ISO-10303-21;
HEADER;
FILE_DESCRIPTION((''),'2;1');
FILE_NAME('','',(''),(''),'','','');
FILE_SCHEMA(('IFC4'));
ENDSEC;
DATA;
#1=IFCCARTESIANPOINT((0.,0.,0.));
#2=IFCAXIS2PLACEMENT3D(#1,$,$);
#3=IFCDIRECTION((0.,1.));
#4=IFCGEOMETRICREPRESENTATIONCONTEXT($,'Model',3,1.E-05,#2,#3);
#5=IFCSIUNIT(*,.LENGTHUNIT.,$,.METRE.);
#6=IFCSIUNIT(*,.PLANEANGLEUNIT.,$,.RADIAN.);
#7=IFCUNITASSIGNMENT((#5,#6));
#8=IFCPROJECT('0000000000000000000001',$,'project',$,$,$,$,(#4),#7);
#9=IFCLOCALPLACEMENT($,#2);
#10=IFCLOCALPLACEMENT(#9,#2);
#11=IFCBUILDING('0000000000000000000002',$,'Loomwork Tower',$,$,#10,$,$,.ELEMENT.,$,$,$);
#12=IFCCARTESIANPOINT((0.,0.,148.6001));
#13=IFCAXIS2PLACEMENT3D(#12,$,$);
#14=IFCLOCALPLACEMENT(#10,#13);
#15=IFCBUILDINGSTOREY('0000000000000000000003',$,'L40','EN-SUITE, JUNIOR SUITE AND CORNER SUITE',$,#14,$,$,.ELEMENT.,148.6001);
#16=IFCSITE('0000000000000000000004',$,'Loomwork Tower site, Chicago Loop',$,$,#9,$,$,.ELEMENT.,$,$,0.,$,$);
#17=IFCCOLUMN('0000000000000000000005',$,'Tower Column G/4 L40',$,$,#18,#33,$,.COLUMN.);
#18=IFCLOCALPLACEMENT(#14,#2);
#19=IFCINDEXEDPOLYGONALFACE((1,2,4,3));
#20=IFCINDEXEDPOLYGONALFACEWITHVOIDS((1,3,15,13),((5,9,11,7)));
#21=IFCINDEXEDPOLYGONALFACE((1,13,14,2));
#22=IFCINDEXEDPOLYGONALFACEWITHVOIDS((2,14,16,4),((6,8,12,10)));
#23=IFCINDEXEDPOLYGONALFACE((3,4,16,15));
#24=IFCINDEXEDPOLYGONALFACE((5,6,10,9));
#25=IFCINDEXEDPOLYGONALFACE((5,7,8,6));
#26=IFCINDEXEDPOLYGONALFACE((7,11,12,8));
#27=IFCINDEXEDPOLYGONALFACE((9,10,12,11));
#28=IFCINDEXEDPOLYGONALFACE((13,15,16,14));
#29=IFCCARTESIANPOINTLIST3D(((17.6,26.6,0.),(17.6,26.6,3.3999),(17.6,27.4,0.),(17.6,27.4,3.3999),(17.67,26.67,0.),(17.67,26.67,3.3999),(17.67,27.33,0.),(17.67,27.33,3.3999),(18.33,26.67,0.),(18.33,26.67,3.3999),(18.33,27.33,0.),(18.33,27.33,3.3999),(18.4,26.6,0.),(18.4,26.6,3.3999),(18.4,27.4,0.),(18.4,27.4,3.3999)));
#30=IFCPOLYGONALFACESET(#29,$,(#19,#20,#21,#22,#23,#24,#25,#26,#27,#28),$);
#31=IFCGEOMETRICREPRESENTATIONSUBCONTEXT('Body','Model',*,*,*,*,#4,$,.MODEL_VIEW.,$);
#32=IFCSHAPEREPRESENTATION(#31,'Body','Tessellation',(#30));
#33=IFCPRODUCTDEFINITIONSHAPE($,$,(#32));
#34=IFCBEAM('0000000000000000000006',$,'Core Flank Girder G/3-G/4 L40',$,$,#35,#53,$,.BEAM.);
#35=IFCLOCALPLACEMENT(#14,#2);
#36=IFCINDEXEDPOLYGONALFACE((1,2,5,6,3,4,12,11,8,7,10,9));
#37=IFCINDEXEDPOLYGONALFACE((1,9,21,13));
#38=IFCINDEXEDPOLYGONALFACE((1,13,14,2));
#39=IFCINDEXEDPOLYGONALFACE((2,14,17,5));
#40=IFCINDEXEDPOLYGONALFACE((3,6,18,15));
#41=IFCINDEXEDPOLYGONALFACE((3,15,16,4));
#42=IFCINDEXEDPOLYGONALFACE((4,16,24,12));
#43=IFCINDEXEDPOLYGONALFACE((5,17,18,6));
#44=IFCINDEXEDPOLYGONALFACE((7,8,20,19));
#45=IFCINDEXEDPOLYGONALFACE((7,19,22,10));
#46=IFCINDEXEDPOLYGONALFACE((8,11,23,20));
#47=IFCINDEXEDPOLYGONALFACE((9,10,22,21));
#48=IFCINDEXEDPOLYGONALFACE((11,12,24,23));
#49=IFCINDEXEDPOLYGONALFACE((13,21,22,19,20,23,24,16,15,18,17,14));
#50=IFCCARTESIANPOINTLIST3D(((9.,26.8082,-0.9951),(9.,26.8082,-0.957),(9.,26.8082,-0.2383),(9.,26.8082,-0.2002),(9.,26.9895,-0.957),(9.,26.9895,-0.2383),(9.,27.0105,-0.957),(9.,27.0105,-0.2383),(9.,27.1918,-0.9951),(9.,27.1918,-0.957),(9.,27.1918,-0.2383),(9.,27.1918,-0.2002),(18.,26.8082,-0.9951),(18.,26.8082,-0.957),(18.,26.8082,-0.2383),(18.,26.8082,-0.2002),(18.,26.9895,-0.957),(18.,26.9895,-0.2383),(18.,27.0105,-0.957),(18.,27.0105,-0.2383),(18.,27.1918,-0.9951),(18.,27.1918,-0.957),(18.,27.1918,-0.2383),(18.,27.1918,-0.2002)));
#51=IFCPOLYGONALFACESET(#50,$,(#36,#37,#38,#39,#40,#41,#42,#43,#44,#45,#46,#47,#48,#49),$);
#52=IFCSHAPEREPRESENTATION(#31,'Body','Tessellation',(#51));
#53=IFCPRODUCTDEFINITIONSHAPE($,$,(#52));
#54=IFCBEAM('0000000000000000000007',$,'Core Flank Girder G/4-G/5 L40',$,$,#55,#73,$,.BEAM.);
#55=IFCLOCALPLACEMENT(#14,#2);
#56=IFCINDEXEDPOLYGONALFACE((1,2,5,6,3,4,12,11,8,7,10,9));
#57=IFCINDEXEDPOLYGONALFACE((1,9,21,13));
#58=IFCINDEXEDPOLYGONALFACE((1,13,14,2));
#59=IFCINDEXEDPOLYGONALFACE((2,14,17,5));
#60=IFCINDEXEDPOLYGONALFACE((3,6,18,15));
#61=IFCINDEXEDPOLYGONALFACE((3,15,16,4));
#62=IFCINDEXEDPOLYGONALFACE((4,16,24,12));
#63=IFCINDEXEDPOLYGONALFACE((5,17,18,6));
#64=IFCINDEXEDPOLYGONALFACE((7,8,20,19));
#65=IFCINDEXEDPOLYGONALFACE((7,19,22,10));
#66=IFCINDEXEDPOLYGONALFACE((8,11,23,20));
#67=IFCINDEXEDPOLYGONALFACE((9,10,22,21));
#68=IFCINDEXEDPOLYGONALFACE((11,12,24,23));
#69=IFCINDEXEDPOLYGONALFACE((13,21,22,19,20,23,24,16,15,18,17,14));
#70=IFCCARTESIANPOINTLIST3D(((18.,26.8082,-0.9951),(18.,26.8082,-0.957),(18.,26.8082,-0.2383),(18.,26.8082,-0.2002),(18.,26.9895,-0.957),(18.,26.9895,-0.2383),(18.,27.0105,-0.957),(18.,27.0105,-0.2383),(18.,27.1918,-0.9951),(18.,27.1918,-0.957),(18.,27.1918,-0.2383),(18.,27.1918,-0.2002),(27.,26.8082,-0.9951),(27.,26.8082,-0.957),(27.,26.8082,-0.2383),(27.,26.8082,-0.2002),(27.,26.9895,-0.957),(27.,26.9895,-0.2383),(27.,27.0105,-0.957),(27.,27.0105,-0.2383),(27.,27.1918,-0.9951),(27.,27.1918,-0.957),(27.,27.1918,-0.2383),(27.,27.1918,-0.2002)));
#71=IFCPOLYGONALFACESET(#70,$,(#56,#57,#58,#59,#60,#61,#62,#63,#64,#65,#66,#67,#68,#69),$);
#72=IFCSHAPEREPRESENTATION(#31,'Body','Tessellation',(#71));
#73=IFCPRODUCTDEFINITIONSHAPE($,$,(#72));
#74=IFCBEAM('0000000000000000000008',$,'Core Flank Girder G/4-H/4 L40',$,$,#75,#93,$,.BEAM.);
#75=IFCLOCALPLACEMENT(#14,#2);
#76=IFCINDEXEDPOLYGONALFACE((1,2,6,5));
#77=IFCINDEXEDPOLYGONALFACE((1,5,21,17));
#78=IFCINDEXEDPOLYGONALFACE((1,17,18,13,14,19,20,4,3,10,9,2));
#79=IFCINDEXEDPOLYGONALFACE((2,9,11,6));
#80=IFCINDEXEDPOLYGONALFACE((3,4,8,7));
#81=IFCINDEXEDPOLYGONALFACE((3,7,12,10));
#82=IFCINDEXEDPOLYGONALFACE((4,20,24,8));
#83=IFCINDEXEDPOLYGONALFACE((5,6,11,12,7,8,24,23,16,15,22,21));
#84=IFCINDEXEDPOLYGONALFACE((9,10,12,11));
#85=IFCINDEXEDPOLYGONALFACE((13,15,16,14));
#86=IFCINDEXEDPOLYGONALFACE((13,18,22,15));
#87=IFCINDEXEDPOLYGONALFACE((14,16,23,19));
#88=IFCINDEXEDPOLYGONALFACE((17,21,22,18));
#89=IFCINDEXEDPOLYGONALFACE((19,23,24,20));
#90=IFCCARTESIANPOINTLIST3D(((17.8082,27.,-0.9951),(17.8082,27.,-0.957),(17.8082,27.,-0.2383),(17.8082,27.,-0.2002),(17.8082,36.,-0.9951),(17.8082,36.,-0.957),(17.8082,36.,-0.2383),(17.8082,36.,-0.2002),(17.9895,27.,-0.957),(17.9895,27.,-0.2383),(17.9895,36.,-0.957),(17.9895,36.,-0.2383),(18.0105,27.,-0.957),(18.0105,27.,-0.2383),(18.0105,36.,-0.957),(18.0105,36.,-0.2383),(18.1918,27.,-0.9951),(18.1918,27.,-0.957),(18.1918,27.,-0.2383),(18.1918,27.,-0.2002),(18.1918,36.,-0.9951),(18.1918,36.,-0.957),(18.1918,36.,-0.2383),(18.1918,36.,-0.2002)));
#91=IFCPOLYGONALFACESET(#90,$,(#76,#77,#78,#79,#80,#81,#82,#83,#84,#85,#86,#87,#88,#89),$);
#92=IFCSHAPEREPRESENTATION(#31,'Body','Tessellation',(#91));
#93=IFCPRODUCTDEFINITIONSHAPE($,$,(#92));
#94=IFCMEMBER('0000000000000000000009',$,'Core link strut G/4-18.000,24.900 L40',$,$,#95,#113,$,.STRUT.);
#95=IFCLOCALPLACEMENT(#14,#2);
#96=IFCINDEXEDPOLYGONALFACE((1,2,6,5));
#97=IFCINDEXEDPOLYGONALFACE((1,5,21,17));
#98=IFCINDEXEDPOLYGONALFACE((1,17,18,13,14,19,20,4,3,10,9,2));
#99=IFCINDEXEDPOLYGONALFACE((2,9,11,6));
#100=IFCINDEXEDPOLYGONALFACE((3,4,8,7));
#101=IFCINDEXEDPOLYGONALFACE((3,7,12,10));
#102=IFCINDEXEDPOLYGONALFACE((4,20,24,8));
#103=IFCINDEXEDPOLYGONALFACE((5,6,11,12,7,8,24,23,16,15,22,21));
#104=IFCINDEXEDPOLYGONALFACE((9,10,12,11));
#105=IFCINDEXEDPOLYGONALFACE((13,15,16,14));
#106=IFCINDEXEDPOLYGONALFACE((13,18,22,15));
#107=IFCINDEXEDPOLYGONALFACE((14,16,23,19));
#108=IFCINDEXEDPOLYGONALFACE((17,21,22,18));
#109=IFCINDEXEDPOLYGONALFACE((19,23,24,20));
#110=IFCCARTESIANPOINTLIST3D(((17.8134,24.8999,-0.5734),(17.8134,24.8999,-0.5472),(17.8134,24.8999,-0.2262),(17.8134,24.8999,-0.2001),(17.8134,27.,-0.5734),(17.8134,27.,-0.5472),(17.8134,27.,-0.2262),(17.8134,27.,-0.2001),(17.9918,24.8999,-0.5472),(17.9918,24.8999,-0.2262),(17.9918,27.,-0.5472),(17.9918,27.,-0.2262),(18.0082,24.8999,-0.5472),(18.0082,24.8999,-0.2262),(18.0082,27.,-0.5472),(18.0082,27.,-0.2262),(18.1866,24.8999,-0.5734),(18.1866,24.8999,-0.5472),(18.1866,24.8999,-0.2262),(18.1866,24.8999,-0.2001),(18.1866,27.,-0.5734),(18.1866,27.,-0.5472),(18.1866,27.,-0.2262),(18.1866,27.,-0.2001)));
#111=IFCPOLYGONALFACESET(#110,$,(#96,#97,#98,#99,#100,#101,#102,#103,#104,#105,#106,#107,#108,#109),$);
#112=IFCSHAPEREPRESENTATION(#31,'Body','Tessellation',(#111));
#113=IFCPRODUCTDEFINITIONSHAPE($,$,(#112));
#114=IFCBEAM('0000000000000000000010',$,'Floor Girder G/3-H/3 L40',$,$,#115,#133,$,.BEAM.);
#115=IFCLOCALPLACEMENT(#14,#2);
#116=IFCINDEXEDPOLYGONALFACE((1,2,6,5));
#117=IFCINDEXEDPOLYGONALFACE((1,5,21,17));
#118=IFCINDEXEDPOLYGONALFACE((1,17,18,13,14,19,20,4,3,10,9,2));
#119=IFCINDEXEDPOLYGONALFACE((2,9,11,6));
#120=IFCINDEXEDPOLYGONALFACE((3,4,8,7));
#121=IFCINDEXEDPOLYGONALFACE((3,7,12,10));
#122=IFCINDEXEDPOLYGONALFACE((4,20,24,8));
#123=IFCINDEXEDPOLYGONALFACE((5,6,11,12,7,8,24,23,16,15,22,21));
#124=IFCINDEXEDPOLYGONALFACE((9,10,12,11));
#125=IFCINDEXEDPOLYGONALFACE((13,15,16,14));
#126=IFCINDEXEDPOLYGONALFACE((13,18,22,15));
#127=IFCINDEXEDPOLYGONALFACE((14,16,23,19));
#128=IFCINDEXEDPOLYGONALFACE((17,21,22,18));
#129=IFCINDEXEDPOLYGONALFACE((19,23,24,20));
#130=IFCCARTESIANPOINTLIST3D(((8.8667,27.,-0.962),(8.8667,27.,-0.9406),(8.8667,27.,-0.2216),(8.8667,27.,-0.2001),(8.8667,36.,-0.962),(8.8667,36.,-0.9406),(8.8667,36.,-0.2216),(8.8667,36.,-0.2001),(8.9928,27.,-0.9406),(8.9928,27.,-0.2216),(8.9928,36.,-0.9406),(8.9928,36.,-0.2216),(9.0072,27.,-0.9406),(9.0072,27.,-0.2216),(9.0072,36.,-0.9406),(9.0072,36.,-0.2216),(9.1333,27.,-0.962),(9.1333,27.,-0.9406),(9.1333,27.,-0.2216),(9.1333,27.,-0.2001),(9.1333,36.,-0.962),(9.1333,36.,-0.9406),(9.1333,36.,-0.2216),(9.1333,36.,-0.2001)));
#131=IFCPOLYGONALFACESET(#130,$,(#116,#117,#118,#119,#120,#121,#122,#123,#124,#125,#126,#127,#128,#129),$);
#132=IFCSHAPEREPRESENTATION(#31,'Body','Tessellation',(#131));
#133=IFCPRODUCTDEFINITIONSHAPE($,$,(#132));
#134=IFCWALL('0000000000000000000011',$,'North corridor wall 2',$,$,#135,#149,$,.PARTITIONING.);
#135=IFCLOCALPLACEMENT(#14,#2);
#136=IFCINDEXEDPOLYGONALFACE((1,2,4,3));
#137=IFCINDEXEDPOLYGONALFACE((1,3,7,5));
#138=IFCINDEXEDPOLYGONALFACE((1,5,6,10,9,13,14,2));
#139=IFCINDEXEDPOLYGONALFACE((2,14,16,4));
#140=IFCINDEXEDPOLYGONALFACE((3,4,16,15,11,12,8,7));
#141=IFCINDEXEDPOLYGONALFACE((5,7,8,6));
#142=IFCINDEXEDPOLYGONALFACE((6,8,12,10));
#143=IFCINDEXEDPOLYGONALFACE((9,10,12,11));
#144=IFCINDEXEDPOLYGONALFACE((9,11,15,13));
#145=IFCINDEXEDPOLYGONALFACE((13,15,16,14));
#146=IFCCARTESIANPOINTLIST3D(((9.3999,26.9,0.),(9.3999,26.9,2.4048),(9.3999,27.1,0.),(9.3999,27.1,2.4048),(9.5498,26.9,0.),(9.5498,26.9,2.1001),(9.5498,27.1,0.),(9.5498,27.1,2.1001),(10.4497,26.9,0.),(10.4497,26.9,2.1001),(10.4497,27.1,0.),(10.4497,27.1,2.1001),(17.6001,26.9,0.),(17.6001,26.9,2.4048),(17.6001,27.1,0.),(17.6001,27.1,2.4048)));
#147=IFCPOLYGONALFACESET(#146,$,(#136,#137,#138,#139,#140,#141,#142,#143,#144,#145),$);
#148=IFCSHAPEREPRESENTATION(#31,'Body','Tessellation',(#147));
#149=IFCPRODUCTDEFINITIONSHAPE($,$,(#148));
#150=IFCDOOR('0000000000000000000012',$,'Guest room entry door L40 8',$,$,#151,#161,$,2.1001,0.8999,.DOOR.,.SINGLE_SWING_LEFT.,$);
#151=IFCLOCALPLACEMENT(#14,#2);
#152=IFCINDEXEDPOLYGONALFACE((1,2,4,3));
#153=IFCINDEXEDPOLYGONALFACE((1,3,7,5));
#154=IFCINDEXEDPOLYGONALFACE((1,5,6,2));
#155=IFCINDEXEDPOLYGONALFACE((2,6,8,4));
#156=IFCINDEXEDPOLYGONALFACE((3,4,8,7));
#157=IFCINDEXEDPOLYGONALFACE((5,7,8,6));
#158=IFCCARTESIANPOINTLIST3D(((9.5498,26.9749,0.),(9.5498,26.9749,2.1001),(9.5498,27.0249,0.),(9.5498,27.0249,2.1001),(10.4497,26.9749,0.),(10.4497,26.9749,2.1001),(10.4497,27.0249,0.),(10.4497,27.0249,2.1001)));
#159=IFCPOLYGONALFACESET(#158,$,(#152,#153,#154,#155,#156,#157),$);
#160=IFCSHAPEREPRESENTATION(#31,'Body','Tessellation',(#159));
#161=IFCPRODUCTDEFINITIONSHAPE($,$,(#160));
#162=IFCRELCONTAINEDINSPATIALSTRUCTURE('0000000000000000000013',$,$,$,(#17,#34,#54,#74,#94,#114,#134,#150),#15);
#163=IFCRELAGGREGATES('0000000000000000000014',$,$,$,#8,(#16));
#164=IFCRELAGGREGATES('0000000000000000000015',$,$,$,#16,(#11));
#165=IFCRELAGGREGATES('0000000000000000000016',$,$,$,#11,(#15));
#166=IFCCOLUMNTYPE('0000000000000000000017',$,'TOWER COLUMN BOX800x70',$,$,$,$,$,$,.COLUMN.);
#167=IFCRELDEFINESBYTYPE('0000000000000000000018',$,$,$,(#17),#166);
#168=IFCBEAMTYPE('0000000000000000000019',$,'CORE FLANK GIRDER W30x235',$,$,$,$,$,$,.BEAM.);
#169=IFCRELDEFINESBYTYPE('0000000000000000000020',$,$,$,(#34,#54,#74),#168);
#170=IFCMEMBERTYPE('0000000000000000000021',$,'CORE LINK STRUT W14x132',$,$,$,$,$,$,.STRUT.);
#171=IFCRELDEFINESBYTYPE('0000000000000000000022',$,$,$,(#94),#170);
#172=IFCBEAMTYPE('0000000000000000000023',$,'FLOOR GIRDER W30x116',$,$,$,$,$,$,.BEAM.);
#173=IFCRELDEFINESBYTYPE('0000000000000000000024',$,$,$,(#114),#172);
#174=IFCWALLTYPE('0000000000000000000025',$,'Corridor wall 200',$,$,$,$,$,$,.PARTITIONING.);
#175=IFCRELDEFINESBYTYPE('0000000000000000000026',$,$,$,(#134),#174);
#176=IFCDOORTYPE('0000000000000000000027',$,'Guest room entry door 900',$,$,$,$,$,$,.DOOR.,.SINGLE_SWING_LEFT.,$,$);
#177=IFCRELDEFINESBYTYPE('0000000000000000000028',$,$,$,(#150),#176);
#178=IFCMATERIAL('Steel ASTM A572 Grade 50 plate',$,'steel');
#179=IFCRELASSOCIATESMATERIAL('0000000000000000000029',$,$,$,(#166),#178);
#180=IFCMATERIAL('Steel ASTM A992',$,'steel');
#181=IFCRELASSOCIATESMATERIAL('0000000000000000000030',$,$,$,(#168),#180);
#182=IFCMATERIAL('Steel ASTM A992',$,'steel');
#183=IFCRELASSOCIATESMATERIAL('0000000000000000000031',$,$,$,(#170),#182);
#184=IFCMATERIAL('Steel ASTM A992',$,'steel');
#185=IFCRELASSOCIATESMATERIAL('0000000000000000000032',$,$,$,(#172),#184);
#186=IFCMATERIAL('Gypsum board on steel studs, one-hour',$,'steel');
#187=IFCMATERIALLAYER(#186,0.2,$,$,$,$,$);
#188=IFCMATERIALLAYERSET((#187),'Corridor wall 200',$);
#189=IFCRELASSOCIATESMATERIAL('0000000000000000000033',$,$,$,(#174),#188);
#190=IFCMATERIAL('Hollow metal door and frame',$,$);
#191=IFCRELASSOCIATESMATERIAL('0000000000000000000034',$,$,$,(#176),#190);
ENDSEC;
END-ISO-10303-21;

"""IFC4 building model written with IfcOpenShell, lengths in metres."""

from ifc_helpers import new_model, si_unit, direction, frame, frame_2d, origin, origin_2d, place, context, subcontext, project, spatial, rectangle, hollow_rectangle, i_section, extrude, material, layer, layer_set, material_profile, profile_set, type_object, element, fill, save


model = new_model("IFC4")

# Units and contexts
model_context = context("Model", 3, precision=1e-05, world=origin(), true_north=direction((0.0, 1.0)))
body_context = subcontext(model_context, "Body", "Model", "MODEL_VIEW")
ifc_project = project(units=[si_unit("LENGTHUNIT", "METRE"), si_unit("PLANEANGLEUNIT", "RADIAN")], contexts=[model_context])

# Site, building, storey
site_placement = place(None, origin())
site = spatial("IfcSite", under=ifc_project, at=site_placement, Name="Loomwork Tower site, Chicago Loop", CompositionType="ELEMENT", RefElevation=0.0)
building_placement = place(site_placement, origin())
building = spatial("IfcBuilding", under=site, at=building_placement, Name="Loomwork Tower", CompositionType="ELEMENT")
storey_placement = place(building_placement, frame((0.0, 0.0, 148.6001)))
storey = spatial("IfcBuildingStorey", under=building, at=storey_placement, Name="L40", Description="EN-SUITE, JUNIOR SUITE AND CORNER SUITE", CompositionType="ELEMENT", Elevation=148.6001)

# Column
ifc_material_1 = material(Name="Steel ASTM A572 Grade 50 plate", Category="steel")
ifc_material_profile_1 = material_profile(ifc_material_1, hollow_rectangle(XDim=0.8, YDim=0.8, WallThickness=0.0701, at=origin_2d()), Name="BOX800x70")
ifc_profile_set_1 = profile_set([ifc_material_profile_1], Name="Steel ASTM A572 Grade 50 plate")
column_type = type_object("IfcColumnType", Name="TOWER COLUMN BOX800x70", PredefinedType="COLUMN", material=ifc_profile_set_1)
column_placement = place(storey_placement, frame((18.0, 27.0, 0.0), z_axis=(0.0, 0.0, 1.0), x_axis=(1.0, 0.0, 0.0)))
element("IfcColumn", 1, at=column_placement, inside=storey, type_object=column_type, Name="Tower Column G/4 L40", PredefinedType="COLUMN", context=body_context, shape_type="SweptSolid", body=[
    extrude(hollow_rectangle(XDim=0.8, YDim=0.8, WallThickness=0.0701, at=origin_2d()), origin(), (0.0, 0.0, 1.0), 3.3999),
])

# Beams
ifc_material_2 = material(Name="Steel ASTM A992", Category="steel")
ifc_material_profile_2 = material_profile(ifc_material_2, i_section(OverallWidth=0.3835, OverallDepth=0.7949, WebThickness=0.021, FlangeThickness=0.0381, at=origin_2d()), Name="W30x235")
ifc_profile_set_2 = profile_set([ifc_material_profile_2], Name="Steel ASTM A992")
beam_type_1 = type_object("IfcBeamType", Name="CORE FLANK GIRDER W30x235", PredefinedType="BEAM", material=ifc_profile_set_2)
for number, where, z_axis, x_axis, name in (
    (2, (9.0, 27.0, -0.5977), (1.0, 0.0, 0.0), (0.0, 1.0, 0.0), "Core Flank Girder G/3-G/4 L40"),
    (3, (18.0, 27.0, -0.5977), (1.0, 0.0, 0.0), (0.0, 1.0, 0.0), "Core Flank Girder G/4-G/5 L40"),
    (4, (18.0, 27.0, -0.5977), (0.0, 1.0, 0.0), (-1.0, 0.0, 0.0), "Core Flank Girder G/4-H/4 L40"),
):
    element("IfcBeam", number, at=place(storey_placement, frame(where, z_axis=z_axis, x_axis=x_axis)), inside=storey, type_object=beam_type_1, Name=name, PredefinedType="BEAM", context=body_context, shape_type="SweptSolid", body=[
        extrude(i_section(OverallWidth=0.3835, OverallDepth=0.7949, WebThickness=0.021, FlangeThickness=0.0381, at=origin_2d()), origin(), (0.0, 0.0, 1.0), 9.0),
    ])

# Member
ifc_material_3 = material(Name="Steel ASTM A992", Category="steel")
ifc_material_profile_3 = material_profile(ifc_material_3, i_section(OverallWidth=0.3733, OverallDepth=0.3733, WebThickness=0.0164, FlangeThickness=0.0261, at=origin_2d()), Name="W14x132")
ifc_profile_set_3 = profile_set([ifc_material_profile_3], Name="Steel ASTM A992")
member_type = type_object("IfcMemberType", Name="CORE LINK STRUT W14x132", PredefinedType="STRUT", material=ifc_profile_set_3)
member_placement = place(storey_placement, frame((18.0, 27.0, -0.3867), z_axis=(0.0, -1.0, 0.0), x_axis=(1.0, 0.0, 0.0)))
element("IfcMember", 5, at=member_placement, inside=storey, type_object=member_type, Name="Core link strut G/4-18.000,24.900 L40", PredefinedType="STRUT", context=body_context, shape_type="SweptSolid", body=[
    extrude(i_section(OverallWidth=0.3733, OverallDepth=0.3733, WebThickness=0.0164, FlangeThickness=0.0261, at=origin_2d()), origin(), (0.0, 0.0, 1.0), 2.1001),
])

# Beam
ifc_material_4 = material(Name="Steel ASTM A992", Category="steel")
ifc_material_profile_4 = material_profile(ifc_material_4, i_section(OverallWidth=0.2666, OverallDepth=0.762, WebThickness=0.0144, FlangeThickness=0.0215, at=origin_2d()), Name="W30x116")
ifc_profile_set_4 = profile_set([ifc_material_profile_4], Name="Steel ASTM A992")
beam_type_2 = type_object("IfcBeamType", Name="FLOOR GIRDER W30x116", PredefinedType="BEAM", material=ifc_profile_set_4)
beam_placement = place(storey_placement, frame((9.0, 27.0, -0.5811), z_axis=(0.0, 1.0, 0.0), x_axis=(-1.0, 0.0, 0.0)))
element("IfcBeam", 6, at=beam_placement, inside=storey, type_object=beam_type_2, Name="Floor Girder G/3-H/3 L40", PredefinedType="BEAM", context=body_context, shape_type="SweptSolid", body=[
    extrude(i_section(OverallWidth=0.2666, OverallDepth=0.762, WebThickness=0.0144, FlangeThickness=0.0215, at=origin_2d()), origin(), (0.0, 0.0, 1.0), 9.0),
])

# Wall, opening, door
ifc_material_5 = material(Name="Gypsum board on steel studs, one-hour", Category="steel")
ifc_layer_1 = layer(ifc_material_5, 0.2)
ifc_layer_set_1 = layer_set([ifc_layer_1], Name="Corridor wall 200")
wall_type_1 = type_object("IfcWallType", Name="Corridor wall 200", PredefinedType="PARTITIONING", material=ifc_layer_set_1)
wall_1_placement = place(storey_placement, frame((9.3999, 27.0, 0.0), z_axis=(0.0, 0.0, 1.0), x_axis=(1.0, 0.0, 0.0)))
wall_1 = element("IfcWall", 7, at=wall_1_placement, inside=storey, type_object=wall_type_1, Name="North corridor wall 2", PredefinedType="PARTITIONING", context=body_context, shape_type="SweptSolid", body=[
    extrude(rectangle(XDim=8.2002, YDim=0.2, at=frame_2d((4.1001, 0.0))), origin(), (0.0, 0.0, 1.0), 2.4048),
])
opening_1_placement = place(wall_1_placement, frame((0.1499, 0.0, 0.0)))
opening_1 = element("IfcOpeningElement", 8, at=opening_1_placement, cuts=wall_1, PredefinedType="OPENING", context=body_context, shape_type="SweptSolid", body=[
    extrude(rectangle(XDim=0.8999, YDim=2.1001, at=frame_2d((0.45, 1.05))), frame((0.0, 0.1099, 0.0), z_axis=(0.0, -1.0, 0.0), x_axis=(1.0, 0.0, 0.0)), (0.0, 0.0, 1.0), 0.22),
])
ifc_material_6 = material(Name="Hollow metal door and frame")
door_type = type_object("IfcDoorType", Name="Guest room entry door 900", OperationType="SINGLE_SWING_LEFT", PredefinedType="DOOR", material=ifc_material_6)
door_1_placement = place(opening_1_placement, origin())
door_1 = element("IfcDoor", 9, at=door_1_placement, inside=storey, type_object=door_type, Name="Guest room entry door L40 8", OperationType="SINGLE_SWING_LEFT", OverallHeight=2.1001, OverallWidth=0.8999, PredefinedType="DOOR", context=body_context, shape_type="SweptSolid", body=[
    extrude(rectangle(XDim=0.8999, YDim=2.1001, at=frame_2d((0.45, 1.05))), frame((0.0, 0.0249, 0.0), z_axis=(0.0, -1.0, 0.0), x_axis=(1.0, 0.0, 0.0)), (0.0, 0.0, 1.0), 0.05),
])
fill(opening_1, door_1)

save(model, "model.ifc")
